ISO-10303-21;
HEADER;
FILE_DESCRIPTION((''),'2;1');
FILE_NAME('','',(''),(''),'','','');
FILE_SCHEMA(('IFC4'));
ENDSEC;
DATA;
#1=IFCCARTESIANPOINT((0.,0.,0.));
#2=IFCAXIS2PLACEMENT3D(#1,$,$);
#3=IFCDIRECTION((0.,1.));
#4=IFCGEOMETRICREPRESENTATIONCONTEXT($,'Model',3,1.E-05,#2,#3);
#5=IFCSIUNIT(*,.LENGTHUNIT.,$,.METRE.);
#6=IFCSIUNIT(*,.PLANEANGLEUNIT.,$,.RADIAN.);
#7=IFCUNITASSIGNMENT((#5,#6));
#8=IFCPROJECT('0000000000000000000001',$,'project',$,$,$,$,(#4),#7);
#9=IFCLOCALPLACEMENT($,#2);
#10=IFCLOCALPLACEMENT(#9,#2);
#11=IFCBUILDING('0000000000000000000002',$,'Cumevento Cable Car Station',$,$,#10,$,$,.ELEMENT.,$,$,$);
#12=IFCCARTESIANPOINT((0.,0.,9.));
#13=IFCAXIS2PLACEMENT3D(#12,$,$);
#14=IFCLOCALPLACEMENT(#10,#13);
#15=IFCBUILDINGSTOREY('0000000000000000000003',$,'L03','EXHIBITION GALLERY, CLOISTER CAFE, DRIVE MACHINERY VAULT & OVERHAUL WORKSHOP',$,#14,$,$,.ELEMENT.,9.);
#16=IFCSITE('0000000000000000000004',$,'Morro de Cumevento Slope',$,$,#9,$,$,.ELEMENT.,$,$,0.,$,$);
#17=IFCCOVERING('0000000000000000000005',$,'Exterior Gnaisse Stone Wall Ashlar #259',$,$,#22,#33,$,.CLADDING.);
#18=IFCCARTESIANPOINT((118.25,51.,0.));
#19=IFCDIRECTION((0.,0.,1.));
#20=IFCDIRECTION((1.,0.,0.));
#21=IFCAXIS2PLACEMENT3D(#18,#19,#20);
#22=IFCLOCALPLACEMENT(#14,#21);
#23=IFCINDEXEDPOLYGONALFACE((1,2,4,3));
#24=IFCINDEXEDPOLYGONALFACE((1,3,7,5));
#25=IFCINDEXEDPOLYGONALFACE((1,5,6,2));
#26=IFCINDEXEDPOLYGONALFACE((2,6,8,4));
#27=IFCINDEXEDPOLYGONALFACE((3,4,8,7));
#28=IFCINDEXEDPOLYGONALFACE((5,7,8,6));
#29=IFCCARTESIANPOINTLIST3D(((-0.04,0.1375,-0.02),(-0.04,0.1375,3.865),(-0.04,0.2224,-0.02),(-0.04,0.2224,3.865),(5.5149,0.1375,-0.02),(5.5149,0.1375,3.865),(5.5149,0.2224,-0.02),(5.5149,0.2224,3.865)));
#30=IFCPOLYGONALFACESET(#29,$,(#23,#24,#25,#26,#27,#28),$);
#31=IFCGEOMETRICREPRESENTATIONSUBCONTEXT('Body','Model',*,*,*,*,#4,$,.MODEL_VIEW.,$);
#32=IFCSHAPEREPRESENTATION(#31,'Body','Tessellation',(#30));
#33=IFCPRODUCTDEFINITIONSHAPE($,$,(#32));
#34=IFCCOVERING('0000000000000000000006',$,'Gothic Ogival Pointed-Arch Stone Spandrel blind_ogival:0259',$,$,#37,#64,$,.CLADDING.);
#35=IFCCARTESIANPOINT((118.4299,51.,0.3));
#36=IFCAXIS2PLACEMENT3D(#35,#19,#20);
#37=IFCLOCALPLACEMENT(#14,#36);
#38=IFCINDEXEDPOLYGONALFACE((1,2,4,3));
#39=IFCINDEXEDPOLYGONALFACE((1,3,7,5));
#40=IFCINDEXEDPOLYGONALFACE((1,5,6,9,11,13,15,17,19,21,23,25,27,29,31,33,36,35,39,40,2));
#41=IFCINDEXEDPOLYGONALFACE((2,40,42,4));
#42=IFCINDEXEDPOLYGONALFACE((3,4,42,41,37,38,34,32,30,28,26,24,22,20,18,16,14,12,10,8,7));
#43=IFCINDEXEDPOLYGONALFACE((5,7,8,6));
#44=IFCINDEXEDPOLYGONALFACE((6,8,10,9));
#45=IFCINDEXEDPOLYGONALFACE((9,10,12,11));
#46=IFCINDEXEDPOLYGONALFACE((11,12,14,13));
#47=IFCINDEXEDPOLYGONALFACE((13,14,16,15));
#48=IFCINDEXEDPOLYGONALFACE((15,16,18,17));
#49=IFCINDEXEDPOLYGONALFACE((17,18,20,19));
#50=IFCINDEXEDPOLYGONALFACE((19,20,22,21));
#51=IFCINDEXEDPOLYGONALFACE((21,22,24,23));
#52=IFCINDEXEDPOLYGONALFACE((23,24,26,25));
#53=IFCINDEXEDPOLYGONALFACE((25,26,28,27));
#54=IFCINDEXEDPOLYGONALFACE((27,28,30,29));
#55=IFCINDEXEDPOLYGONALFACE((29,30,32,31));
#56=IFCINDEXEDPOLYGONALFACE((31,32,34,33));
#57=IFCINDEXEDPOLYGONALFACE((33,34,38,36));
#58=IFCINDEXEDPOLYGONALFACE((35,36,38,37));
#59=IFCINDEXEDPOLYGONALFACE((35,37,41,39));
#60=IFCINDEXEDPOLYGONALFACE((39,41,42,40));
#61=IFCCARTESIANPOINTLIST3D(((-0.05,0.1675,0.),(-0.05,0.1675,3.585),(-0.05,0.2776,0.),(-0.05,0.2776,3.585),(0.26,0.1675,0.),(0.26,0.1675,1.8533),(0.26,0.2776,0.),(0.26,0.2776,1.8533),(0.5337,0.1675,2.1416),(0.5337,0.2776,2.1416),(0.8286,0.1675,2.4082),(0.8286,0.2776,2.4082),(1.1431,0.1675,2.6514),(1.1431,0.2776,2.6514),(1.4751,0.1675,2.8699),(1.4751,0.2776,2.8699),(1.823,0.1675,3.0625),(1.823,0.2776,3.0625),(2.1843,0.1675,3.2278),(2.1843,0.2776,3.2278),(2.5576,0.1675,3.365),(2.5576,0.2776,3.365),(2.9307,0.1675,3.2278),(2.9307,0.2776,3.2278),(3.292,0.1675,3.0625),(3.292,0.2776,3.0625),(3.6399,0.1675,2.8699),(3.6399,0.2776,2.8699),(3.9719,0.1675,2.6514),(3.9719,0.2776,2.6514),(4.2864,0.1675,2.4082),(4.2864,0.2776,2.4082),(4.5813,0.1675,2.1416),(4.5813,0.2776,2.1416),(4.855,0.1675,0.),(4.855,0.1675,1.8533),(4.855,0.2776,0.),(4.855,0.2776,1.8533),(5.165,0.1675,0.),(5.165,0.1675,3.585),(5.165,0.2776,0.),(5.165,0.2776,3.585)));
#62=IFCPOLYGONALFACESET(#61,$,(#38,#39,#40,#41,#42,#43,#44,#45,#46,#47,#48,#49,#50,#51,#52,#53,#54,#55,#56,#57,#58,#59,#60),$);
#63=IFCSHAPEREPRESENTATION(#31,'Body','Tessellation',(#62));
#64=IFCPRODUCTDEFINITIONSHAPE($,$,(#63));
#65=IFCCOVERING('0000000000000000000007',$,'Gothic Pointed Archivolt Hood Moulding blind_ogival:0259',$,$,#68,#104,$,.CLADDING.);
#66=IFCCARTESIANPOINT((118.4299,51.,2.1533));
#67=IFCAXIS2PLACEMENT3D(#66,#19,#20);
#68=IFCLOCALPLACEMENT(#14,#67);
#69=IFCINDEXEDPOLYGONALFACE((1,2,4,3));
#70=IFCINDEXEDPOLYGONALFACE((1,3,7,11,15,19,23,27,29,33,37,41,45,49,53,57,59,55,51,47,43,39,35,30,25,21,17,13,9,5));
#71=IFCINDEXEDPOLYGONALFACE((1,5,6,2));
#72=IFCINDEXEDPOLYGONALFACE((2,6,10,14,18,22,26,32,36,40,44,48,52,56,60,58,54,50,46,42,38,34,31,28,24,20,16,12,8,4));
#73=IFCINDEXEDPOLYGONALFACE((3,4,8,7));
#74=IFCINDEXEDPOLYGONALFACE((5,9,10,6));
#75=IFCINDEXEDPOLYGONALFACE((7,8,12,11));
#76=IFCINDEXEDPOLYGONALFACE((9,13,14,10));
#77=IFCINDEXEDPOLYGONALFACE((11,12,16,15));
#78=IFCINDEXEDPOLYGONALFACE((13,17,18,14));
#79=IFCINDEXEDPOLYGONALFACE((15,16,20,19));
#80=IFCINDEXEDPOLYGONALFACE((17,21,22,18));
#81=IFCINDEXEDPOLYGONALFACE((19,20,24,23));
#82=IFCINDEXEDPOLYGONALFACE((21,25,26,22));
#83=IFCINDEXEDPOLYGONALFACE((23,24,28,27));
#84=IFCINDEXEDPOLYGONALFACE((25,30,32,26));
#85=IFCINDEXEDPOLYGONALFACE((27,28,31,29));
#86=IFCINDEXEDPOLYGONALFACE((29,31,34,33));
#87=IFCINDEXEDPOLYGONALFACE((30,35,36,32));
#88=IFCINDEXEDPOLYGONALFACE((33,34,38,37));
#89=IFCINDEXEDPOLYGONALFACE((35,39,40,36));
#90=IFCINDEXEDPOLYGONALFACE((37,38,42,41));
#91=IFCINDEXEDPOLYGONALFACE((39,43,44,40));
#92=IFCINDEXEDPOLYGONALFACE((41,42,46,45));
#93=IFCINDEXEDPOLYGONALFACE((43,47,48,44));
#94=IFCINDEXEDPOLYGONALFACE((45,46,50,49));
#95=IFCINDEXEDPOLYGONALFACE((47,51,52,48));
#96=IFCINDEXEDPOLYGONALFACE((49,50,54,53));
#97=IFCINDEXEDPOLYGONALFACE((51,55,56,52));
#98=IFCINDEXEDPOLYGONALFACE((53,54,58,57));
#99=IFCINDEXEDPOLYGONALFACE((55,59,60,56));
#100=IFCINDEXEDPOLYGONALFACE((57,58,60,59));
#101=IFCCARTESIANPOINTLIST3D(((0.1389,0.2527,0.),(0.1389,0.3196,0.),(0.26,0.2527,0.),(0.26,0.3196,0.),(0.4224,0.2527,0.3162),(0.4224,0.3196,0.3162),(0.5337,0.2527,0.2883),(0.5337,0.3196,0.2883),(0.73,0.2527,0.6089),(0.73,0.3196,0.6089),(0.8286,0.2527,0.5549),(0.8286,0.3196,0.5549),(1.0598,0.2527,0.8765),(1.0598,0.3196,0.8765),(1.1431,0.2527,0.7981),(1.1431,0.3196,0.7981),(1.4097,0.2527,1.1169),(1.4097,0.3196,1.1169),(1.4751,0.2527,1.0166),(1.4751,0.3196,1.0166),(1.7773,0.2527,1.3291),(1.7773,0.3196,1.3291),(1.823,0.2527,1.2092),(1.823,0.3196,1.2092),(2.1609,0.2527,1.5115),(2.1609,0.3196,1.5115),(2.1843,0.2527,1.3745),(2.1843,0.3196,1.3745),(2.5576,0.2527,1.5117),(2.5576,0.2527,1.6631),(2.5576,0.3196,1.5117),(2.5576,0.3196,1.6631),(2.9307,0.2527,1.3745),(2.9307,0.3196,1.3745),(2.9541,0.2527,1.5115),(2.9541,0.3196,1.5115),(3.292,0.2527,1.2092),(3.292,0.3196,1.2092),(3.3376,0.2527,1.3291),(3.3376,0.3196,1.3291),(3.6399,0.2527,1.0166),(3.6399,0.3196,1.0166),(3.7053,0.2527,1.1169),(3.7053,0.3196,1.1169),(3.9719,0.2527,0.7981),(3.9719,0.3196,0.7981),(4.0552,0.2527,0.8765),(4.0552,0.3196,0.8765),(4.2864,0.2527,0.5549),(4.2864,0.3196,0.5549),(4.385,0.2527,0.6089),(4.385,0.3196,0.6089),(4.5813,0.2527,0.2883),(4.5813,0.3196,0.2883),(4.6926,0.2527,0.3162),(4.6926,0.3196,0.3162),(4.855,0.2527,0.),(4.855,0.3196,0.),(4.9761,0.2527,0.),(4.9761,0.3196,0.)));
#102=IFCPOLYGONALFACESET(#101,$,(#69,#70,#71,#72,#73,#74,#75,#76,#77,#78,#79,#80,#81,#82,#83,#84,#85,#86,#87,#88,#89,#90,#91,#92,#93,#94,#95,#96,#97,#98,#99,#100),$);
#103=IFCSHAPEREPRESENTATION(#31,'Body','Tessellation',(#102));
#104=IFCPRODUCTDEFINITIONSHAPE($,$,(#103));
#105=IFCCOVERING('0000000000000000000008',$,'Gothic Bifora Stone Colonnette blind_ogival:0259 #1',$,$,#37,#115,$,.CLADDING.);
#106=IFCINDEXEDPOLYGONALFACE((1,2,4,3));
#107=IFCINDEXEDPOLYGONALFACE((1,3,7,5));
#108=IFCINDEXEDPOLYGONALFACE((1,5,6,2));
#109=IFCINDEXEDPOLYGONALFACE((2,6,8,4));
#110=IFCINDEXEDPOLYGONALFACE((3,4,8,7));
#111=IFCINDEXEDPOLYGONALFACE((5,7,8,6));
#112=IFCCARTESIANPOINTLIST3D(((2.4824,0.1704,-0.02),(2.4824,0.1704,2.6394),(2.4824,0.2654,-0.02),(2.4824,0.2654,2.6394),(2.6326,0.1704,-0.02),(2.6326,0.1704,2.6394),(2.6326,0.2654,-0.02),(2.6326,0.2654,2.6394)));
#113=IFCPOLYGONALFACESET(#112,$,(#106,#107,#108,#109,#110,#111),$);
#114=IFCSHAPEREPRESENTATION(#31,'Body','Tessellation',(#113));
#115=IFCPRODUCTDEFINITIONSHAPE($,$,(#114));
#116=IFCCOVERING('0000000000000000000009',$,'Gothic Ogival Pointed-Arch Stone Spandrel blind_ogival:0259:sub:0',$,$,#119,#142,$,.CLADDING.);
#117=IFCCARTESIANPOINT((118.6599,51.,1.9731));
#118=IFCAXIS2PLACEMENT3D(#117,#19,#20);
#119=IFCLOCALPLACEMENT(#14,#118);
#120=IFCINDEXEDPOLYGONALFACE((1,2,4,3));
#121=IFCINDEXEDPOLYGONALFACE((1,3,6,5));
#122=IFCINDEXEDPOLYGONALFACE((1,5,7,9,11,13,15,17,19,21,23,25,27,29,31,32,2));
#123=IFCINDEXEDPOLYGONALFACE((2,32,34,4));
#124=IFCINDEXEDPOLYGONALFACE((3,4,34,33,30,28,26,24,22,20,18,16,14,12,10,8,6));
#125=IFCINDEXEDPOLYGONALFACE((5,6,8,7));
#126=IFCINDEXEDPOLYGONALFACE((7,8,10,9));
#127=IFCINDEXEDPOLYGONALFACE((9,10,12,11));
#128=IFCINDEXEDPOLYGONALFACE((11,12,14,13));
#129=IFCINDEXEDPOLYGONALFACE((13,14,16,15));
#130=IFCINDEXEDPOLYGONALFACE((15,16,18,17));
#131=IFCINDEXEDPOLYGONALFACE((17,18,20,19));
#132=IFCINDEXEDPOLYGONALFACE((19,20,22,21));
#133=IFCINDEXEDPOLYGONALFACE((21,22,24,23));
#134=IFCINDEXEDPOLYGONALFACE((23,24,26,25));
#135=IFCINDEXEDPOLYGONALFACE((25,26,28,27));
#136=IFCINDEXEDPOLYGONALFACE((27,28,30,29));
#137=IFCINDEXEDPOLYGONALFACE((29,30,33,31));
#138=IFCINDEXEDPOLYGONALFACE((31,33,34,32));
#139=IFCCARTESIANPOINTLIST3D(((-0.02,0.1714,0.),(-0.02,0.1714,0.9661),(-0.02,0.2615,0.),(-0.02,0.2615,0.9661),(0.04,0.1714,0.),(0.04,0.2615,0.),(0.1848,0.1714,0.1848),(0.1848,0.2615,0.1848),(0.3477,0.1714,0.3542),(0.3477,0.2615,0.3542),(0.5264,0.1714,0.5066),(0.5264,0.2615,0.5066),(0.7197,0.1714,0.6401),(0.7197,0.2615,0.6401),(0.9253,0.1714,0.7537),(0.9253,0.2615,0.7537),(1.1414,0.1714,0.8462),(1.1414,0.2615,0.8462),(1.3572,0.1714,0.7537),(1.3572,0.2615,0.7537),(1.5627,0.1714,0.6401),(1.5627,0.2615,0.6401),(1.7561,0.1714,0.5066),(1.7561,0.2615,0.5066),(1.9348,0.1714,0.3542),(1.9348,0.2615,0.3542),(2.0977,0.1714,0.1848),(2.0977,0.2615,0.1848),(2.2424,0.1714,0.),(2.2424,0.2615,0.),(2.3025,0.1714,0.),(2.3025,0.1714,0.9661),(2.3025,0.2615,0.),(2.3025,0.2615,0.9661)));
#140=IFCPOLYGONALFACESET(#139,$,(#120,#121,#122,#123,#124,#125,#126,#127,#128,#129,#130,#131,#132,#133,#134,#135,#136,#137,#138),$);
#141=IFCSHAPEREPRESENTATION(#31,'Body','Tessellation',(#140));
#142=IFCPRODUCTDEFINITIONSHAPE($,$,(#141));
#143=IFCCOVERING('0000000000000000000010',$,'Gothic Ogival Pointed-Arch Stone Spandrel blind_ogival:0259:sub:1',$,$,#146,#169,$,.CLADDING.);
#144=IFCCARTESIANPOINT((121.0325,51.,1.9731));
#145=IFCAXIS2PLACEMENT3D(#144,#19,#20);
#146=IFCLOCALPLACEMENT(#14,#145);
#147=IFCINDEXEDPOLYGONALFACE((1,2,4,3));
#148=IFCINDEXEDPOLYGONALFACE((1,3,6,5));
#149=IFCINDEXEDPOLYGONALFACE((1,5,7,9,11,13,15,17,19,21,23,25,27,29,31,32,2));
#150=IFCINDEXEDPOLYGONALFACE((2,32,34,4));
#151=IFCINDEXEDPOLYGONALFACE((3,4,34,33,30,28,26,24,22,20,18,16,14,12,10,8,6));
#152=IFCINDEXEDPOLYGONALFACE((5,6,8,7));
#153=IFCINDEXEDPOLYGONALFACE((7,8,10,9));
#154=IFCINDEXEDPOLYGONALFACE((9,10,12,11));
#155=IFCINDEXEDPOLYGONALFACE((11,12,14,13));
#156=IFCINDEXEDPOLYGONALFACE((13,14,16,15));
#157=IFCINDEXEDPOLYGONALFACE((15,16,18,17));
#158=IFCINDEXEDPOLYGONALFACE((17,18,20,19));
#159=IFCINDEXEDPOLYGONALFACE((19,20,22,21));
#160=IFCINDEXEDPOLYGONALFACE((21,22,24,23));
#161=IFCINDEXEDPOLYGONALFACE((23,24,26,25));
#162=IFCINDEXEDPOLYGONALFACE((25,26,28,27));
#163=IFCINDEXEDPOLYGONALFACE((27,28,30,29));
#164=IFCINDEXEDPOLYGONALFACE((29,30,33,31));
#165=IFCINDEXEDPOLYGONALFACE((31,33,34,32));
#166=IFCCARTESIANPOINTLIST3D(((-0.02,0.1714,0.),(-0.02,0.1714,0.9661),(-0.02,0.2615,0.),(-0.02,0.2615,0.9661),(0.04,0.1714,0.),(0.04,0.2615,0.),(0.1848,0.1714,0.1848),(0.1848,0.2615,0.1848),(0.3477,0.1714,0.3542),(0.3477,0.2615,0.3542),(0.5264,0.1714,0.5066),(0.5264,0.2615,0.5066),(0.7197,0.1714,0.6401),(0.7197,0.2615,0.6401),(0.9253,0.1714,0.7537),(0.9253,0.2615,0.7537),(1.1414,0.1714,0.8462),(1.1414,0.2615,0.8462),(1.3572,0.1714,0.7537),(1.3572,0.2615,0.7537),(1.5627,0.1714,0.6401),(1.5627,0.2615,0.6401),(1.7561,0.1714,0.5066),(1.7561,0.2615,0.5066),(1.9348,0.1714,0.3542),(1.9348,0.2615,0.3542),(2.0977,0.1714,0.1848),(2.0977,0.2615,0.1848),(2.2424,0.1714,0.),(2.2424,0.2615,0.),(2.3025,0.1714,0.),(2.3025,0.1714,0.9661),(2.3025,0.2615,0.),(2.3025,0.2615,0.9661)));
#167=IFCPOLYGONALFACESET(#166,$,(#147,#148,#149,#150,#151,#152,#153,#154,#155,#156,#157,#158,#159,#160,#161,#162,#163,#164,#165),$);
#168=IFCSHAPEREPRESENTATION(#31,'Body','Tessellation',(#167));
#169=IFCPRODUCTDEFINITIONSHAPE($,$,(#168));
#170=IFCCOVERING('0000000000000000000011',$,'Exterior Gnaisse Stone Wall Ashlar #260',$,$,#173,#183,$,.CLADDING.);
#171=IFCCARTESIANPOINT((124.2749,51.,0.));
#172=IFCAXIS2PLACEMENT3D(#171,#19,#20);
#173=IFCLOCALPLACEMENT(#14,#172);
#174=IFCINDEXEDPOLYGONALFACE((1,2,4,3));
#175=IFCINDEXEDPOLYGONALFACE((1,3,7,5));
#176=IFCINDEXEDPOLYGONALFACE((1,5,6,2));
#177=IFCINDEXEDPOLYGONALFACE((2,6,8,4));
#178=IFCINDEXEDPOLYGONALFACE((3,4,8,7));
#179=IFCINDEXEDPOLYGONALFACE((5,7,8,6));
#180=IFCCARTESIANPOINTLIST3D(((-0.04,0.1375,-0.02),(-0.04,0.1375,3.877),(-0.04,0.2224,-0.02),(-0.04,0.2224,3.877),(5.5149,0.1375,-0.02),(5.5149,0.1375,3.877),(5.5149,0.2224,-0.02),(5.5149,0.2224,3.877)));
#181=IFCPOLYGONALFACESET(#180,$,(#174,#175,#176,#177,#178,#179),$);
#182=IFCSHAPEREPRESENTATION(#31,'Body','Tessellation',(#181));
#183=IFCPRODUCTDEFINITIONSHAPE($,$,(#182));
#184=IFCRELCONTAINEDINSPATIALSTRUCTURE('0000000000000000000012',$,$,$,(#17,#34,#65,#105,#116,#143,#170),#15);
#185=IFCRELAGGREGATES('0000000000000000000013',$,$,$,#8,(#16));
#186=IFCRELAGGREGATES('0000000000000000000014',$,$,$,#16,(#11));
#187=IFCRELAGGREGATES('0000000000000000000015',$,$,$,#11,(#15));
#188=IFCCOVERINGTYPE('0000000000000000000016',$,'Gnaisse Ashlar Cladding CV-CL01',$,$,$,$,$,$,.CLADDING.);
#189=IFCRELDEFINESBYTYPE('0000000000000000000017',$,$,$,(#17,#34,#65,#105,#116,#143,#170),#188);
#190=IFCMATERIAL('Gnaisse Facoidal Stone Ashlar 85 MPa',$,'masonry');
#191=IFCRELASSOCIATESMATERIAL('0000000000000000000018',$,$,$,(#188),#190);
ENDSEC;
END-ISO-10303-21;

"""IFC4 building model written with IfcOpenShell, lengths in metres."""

from ifc_helpers import new_model, si_unit, direction, frame, origin, place, context, subcontext, project, spatial, polyline, outline, extrude, material, type_object, element, save


model = new_model("IFC4")

# Units and contexts
model_context = context("Model", 3, precision=1e-05, world=origin(), true_north=direction((0.0, 1.0)))
body_context = subcontext(model_context, "Body", "Model", "MODEL_VIEW")
ifc_project = project(units=[si_unit("LENGTHUNIT", "METRE"), si_unit("PLANEANGLEUNIT", "RADIAN")], contexts=[model_context])

# Site, building, storey
site_placement = place(None, origin())
site = spatial("IfcSite", under=ifc_project, at=site_placement, Name="Morro de Cumevento Slope", CompositionType="ELEMENT", RefElevation=0.0)
building_placement = place(site_placement, origin())
building = spatial("IfcBuilding", under=site, at=building_placement, Name="Cumevento Cable Car Station", CompositionType="ELEMENT")
storey_placement = place(building_placement, frame((0.0, 0.0, 9.0)))
storey = spatial("IfcBuildingStorey", under=building, at=storey_placement, Name="L03", Description="EXHIBITION GALLERY, CLOISTER CAFE, DRIVE MACHINERY VAULT & OVERHAUL WORKSHOP", CompositionType="ELEMENT", Elevation=9.0)

# Coverings
ifc_material_1 = material(Name="Gnaisse Facoidal Stone Ashlar 85 MPa", Category="masonry")
covering_type = type_object("IfcCoveringType", Name="Gnaisse Ashlar Cladding CV-CL01", PredefinedType="CLADDING", material=ifc_material_1)
covering_1_placement = place(storey_placement, frame((118.25, 51.0, 0.0), z_axis=(0.0, 0.0, 1.0), x_axis=(1.0, 0.0, 0.0)))
element("IfcCovering", 1, at=covering_1_placement, inside=storey, type_object=covering_type, Name="Exterior Gnaisse Stone Wall Ashlar #259", PredefinedType="CLADDING", context=body_context, shape_type="SweptSolid", body=[
    extrude(outline(polyline([(-0.04, -0.02), (5.5149, -0.02), (5.5149, 3.865), (-0.04, 3.865), (-0.04, -0.02)])), frame((0.0, 0.2224, 0.0), z_axis=(0.0, -1.0, 0.0), x_axis=(1.0, 0.0, 0.0)), (0.0, 0.0, 1.0), 0.085),
])
placement = place(storey_placement, frame((118.4299, 51.0, 0.3), z_axis=(0.0, 0.0, 1.0), x_axis=(1.0, 0.0, 0.0)))
element("IfcCovering", 2, at=placement, inside=storey, type_object=covering_type, Name="Gothic Ogival Pointed-Arch Stone Spandrel blind_ogival:0259", PredefinedType="CLADDING", context=body_context, shape_type="SweptSolid", body=[
    extrude(outline(polyline([(-0.05, 0.0), (-0.05, 3.585), (5.165, 3.585), (5.165, 0.0), (4.855, 0.0), (4.855, 1.8533), (4.5813, 2.1416), (4.2864, 2.4082), (3.9719, 2.6514), (3.6399, 2.8699), (3.292, 3.0625), (2.9307, 3.2278), (2.5576, 3.365), (2.1843, 3.2278), (1.823, 3.0625), (1.4751, 2.8699), (1.1431, 2.6514), (0.8286, 2.4082), (0.5337, 2.1416), (0.26, 1.8533), (0.26, 0.0), (-0.05, 0.0)])), frame((0.0, 0.2776, 0.0), z_axis=(0.0, -1.0, 0.0), x_axis=(1.0, 0.0, 0.0)), (0.0, 0.0, 1.0), 0.1101),
])
covering_2_placement = place(storey_placement, frame((118.4299, 51.0, 2.1533), z_axis=(0.0, 0.0, 1.0), x_axis=(1.0, 0.0, 0.0)))
element("IfcCovering", 3, at=covering_2_placement, inside=storey, type_object=covering_type, Name="Gothic Pointed Archivolt Hood Moulding blind_ogival:0259", PredefinedType="CLADDING", context=body_context, shape_type="SweptSolid", body=[
    extrude(outline(polyline([(0.26, 0.0), (0.5337, 0.2883), (0.8286, 0.5549), (1.1431, 0.7981), (1.4751, 1.0166), (1.823, 1.2092), (2.1843, 1.3745), (2.5576, 1.5117), (2.9307, 1.3745), (3.292, 1.2092), (3.6399, 1.0166), (3.9719, 0.7981), (4.2864, 0.5549), (4.5813, 0.2883), (4.855, 0.0), (4.9761, 0.0), (4.6926, 0.3162), (4.385, 0.6089), (4.0552, 0.8765), (3.7053, 1.1169), (3.3376, 1.3291), (2.9541, 1.5115), (2.5576, 1.6631), (2.1609, 1.5115), (1.7773, 1.3291), (1.4097, 1.1169), (1.0598, 0.8765), (0.73, 0.6089), (0.4224, 0.3162), (0.1389, 0.0), (0.26, 0.0)])), frame((0.0, 0.3196, 0.0), z_axis=(0.0, -1.0, 0.0), x_axis=(1.0, 0.0, 0.0)), (0.0, 0.0, 1.0), 0.0669),
])
element("IfcCovering", 4, at=placement, inside=storey, type_object=covering_type, Name="Gothic Bifora Stone Colonnette blind_ogival:0259 #1", PredefinedType="CLADDING", context=body_context, shape_type="SweptSolid", body=[
    extrude(outline(polyline([(2.4824, -0.02), (2.6326, -0.02), (2.6326, 2.6394), (2.4824, 2.6394), (2.4824, -0.02)])), frame((0.0, 0.2654, 0.0), z_axis=(0.0, -1.0, 0.0), x_axis=(1.0, 0.0, 0.0)), (0.0, 0.0, 1.0), 0.095),
])
for number, where, z_axis, x_axis, name in (
    (5, (118.6599, 51.0, 1.9731), (0.0, 0.0, 1.0), (1.0, 0.0, 0.0), "Gothic Ogival Pointed-Arch Stone Spandrel blind_ogival:0259:sub:0"),
    (6, (121.0325, 51.0, 1.9731), (0.0, 0.0, 1.0), (1.0, 0.0, 0.0), "Gothic Ogival Pointed-Arch Stone Spandrel blind_ogival:0259:sub:1"),
):
    element("IfcCovering", number, at=place(storey_placement, frame(where, z_axis=z_axis, x_axis=x_axis)), inside=storey, type_object=covering_type, Name=name, PredefinedType="CLADDING", context=body_context, shape_type="SweptSolid", body=[
        extrude(outline(polyline([(-0.02, 0.0), (-0.02, 0.9661), (2.3025, 0.9661), (2.3025, 0.0), (2.2424, 0.0), (2.0977, 0.1848), (1.9348, 0.3542), (1.7561, 0.5066), (1.5627, 0.6401), (1.3572, 0.7537), (1.1414, 0.8462), (0.9253, 0.7537), (0.7197, 0.6401), (0.5264, 0.5066), (0.3477, 0.3542), (0.1848, 0.1848), (0.04, 0.0), (-0.02, 0.0)])), frame((0.0, 0.2615, 0.0), z_axis=(0.0, -1.0, 0.0), x_axis=(1.0, 0.0, 0.0)), (0.0, 0.0, 1.0), 0.0901),
    ])
covering_3_placement = place(storey_placement, frame((124.2749, 51.0, 0.0), z_axis=(0.0, 0.0, 1.0), x_axis=(1.0, 0.0, 0.0)))
element("IfcCovering", 7, at=covering_3_placement, inside=storey, type_object=covering_type, Name="Exterior Gnaisse Stone Wall Ashlar #260", PredefinedType="CLADDING", context=body_context, shape_type="SweptSolid", body=[
    extrude(outline(polyline([(-0.04, -0.02), (5.5149, -0.02), (5.5149, 3.877), (-0.04, 3.877), (-0.04, -0.02)])), frame((0.0, 0.2224, 0.0), z_axis=(0.0, -1.0, 0.0), x_axis=(1.0, 0.0, 0.0)), (0.0, 0.0, 1.0), 0.085),
])

save(model, "model.ifc")
